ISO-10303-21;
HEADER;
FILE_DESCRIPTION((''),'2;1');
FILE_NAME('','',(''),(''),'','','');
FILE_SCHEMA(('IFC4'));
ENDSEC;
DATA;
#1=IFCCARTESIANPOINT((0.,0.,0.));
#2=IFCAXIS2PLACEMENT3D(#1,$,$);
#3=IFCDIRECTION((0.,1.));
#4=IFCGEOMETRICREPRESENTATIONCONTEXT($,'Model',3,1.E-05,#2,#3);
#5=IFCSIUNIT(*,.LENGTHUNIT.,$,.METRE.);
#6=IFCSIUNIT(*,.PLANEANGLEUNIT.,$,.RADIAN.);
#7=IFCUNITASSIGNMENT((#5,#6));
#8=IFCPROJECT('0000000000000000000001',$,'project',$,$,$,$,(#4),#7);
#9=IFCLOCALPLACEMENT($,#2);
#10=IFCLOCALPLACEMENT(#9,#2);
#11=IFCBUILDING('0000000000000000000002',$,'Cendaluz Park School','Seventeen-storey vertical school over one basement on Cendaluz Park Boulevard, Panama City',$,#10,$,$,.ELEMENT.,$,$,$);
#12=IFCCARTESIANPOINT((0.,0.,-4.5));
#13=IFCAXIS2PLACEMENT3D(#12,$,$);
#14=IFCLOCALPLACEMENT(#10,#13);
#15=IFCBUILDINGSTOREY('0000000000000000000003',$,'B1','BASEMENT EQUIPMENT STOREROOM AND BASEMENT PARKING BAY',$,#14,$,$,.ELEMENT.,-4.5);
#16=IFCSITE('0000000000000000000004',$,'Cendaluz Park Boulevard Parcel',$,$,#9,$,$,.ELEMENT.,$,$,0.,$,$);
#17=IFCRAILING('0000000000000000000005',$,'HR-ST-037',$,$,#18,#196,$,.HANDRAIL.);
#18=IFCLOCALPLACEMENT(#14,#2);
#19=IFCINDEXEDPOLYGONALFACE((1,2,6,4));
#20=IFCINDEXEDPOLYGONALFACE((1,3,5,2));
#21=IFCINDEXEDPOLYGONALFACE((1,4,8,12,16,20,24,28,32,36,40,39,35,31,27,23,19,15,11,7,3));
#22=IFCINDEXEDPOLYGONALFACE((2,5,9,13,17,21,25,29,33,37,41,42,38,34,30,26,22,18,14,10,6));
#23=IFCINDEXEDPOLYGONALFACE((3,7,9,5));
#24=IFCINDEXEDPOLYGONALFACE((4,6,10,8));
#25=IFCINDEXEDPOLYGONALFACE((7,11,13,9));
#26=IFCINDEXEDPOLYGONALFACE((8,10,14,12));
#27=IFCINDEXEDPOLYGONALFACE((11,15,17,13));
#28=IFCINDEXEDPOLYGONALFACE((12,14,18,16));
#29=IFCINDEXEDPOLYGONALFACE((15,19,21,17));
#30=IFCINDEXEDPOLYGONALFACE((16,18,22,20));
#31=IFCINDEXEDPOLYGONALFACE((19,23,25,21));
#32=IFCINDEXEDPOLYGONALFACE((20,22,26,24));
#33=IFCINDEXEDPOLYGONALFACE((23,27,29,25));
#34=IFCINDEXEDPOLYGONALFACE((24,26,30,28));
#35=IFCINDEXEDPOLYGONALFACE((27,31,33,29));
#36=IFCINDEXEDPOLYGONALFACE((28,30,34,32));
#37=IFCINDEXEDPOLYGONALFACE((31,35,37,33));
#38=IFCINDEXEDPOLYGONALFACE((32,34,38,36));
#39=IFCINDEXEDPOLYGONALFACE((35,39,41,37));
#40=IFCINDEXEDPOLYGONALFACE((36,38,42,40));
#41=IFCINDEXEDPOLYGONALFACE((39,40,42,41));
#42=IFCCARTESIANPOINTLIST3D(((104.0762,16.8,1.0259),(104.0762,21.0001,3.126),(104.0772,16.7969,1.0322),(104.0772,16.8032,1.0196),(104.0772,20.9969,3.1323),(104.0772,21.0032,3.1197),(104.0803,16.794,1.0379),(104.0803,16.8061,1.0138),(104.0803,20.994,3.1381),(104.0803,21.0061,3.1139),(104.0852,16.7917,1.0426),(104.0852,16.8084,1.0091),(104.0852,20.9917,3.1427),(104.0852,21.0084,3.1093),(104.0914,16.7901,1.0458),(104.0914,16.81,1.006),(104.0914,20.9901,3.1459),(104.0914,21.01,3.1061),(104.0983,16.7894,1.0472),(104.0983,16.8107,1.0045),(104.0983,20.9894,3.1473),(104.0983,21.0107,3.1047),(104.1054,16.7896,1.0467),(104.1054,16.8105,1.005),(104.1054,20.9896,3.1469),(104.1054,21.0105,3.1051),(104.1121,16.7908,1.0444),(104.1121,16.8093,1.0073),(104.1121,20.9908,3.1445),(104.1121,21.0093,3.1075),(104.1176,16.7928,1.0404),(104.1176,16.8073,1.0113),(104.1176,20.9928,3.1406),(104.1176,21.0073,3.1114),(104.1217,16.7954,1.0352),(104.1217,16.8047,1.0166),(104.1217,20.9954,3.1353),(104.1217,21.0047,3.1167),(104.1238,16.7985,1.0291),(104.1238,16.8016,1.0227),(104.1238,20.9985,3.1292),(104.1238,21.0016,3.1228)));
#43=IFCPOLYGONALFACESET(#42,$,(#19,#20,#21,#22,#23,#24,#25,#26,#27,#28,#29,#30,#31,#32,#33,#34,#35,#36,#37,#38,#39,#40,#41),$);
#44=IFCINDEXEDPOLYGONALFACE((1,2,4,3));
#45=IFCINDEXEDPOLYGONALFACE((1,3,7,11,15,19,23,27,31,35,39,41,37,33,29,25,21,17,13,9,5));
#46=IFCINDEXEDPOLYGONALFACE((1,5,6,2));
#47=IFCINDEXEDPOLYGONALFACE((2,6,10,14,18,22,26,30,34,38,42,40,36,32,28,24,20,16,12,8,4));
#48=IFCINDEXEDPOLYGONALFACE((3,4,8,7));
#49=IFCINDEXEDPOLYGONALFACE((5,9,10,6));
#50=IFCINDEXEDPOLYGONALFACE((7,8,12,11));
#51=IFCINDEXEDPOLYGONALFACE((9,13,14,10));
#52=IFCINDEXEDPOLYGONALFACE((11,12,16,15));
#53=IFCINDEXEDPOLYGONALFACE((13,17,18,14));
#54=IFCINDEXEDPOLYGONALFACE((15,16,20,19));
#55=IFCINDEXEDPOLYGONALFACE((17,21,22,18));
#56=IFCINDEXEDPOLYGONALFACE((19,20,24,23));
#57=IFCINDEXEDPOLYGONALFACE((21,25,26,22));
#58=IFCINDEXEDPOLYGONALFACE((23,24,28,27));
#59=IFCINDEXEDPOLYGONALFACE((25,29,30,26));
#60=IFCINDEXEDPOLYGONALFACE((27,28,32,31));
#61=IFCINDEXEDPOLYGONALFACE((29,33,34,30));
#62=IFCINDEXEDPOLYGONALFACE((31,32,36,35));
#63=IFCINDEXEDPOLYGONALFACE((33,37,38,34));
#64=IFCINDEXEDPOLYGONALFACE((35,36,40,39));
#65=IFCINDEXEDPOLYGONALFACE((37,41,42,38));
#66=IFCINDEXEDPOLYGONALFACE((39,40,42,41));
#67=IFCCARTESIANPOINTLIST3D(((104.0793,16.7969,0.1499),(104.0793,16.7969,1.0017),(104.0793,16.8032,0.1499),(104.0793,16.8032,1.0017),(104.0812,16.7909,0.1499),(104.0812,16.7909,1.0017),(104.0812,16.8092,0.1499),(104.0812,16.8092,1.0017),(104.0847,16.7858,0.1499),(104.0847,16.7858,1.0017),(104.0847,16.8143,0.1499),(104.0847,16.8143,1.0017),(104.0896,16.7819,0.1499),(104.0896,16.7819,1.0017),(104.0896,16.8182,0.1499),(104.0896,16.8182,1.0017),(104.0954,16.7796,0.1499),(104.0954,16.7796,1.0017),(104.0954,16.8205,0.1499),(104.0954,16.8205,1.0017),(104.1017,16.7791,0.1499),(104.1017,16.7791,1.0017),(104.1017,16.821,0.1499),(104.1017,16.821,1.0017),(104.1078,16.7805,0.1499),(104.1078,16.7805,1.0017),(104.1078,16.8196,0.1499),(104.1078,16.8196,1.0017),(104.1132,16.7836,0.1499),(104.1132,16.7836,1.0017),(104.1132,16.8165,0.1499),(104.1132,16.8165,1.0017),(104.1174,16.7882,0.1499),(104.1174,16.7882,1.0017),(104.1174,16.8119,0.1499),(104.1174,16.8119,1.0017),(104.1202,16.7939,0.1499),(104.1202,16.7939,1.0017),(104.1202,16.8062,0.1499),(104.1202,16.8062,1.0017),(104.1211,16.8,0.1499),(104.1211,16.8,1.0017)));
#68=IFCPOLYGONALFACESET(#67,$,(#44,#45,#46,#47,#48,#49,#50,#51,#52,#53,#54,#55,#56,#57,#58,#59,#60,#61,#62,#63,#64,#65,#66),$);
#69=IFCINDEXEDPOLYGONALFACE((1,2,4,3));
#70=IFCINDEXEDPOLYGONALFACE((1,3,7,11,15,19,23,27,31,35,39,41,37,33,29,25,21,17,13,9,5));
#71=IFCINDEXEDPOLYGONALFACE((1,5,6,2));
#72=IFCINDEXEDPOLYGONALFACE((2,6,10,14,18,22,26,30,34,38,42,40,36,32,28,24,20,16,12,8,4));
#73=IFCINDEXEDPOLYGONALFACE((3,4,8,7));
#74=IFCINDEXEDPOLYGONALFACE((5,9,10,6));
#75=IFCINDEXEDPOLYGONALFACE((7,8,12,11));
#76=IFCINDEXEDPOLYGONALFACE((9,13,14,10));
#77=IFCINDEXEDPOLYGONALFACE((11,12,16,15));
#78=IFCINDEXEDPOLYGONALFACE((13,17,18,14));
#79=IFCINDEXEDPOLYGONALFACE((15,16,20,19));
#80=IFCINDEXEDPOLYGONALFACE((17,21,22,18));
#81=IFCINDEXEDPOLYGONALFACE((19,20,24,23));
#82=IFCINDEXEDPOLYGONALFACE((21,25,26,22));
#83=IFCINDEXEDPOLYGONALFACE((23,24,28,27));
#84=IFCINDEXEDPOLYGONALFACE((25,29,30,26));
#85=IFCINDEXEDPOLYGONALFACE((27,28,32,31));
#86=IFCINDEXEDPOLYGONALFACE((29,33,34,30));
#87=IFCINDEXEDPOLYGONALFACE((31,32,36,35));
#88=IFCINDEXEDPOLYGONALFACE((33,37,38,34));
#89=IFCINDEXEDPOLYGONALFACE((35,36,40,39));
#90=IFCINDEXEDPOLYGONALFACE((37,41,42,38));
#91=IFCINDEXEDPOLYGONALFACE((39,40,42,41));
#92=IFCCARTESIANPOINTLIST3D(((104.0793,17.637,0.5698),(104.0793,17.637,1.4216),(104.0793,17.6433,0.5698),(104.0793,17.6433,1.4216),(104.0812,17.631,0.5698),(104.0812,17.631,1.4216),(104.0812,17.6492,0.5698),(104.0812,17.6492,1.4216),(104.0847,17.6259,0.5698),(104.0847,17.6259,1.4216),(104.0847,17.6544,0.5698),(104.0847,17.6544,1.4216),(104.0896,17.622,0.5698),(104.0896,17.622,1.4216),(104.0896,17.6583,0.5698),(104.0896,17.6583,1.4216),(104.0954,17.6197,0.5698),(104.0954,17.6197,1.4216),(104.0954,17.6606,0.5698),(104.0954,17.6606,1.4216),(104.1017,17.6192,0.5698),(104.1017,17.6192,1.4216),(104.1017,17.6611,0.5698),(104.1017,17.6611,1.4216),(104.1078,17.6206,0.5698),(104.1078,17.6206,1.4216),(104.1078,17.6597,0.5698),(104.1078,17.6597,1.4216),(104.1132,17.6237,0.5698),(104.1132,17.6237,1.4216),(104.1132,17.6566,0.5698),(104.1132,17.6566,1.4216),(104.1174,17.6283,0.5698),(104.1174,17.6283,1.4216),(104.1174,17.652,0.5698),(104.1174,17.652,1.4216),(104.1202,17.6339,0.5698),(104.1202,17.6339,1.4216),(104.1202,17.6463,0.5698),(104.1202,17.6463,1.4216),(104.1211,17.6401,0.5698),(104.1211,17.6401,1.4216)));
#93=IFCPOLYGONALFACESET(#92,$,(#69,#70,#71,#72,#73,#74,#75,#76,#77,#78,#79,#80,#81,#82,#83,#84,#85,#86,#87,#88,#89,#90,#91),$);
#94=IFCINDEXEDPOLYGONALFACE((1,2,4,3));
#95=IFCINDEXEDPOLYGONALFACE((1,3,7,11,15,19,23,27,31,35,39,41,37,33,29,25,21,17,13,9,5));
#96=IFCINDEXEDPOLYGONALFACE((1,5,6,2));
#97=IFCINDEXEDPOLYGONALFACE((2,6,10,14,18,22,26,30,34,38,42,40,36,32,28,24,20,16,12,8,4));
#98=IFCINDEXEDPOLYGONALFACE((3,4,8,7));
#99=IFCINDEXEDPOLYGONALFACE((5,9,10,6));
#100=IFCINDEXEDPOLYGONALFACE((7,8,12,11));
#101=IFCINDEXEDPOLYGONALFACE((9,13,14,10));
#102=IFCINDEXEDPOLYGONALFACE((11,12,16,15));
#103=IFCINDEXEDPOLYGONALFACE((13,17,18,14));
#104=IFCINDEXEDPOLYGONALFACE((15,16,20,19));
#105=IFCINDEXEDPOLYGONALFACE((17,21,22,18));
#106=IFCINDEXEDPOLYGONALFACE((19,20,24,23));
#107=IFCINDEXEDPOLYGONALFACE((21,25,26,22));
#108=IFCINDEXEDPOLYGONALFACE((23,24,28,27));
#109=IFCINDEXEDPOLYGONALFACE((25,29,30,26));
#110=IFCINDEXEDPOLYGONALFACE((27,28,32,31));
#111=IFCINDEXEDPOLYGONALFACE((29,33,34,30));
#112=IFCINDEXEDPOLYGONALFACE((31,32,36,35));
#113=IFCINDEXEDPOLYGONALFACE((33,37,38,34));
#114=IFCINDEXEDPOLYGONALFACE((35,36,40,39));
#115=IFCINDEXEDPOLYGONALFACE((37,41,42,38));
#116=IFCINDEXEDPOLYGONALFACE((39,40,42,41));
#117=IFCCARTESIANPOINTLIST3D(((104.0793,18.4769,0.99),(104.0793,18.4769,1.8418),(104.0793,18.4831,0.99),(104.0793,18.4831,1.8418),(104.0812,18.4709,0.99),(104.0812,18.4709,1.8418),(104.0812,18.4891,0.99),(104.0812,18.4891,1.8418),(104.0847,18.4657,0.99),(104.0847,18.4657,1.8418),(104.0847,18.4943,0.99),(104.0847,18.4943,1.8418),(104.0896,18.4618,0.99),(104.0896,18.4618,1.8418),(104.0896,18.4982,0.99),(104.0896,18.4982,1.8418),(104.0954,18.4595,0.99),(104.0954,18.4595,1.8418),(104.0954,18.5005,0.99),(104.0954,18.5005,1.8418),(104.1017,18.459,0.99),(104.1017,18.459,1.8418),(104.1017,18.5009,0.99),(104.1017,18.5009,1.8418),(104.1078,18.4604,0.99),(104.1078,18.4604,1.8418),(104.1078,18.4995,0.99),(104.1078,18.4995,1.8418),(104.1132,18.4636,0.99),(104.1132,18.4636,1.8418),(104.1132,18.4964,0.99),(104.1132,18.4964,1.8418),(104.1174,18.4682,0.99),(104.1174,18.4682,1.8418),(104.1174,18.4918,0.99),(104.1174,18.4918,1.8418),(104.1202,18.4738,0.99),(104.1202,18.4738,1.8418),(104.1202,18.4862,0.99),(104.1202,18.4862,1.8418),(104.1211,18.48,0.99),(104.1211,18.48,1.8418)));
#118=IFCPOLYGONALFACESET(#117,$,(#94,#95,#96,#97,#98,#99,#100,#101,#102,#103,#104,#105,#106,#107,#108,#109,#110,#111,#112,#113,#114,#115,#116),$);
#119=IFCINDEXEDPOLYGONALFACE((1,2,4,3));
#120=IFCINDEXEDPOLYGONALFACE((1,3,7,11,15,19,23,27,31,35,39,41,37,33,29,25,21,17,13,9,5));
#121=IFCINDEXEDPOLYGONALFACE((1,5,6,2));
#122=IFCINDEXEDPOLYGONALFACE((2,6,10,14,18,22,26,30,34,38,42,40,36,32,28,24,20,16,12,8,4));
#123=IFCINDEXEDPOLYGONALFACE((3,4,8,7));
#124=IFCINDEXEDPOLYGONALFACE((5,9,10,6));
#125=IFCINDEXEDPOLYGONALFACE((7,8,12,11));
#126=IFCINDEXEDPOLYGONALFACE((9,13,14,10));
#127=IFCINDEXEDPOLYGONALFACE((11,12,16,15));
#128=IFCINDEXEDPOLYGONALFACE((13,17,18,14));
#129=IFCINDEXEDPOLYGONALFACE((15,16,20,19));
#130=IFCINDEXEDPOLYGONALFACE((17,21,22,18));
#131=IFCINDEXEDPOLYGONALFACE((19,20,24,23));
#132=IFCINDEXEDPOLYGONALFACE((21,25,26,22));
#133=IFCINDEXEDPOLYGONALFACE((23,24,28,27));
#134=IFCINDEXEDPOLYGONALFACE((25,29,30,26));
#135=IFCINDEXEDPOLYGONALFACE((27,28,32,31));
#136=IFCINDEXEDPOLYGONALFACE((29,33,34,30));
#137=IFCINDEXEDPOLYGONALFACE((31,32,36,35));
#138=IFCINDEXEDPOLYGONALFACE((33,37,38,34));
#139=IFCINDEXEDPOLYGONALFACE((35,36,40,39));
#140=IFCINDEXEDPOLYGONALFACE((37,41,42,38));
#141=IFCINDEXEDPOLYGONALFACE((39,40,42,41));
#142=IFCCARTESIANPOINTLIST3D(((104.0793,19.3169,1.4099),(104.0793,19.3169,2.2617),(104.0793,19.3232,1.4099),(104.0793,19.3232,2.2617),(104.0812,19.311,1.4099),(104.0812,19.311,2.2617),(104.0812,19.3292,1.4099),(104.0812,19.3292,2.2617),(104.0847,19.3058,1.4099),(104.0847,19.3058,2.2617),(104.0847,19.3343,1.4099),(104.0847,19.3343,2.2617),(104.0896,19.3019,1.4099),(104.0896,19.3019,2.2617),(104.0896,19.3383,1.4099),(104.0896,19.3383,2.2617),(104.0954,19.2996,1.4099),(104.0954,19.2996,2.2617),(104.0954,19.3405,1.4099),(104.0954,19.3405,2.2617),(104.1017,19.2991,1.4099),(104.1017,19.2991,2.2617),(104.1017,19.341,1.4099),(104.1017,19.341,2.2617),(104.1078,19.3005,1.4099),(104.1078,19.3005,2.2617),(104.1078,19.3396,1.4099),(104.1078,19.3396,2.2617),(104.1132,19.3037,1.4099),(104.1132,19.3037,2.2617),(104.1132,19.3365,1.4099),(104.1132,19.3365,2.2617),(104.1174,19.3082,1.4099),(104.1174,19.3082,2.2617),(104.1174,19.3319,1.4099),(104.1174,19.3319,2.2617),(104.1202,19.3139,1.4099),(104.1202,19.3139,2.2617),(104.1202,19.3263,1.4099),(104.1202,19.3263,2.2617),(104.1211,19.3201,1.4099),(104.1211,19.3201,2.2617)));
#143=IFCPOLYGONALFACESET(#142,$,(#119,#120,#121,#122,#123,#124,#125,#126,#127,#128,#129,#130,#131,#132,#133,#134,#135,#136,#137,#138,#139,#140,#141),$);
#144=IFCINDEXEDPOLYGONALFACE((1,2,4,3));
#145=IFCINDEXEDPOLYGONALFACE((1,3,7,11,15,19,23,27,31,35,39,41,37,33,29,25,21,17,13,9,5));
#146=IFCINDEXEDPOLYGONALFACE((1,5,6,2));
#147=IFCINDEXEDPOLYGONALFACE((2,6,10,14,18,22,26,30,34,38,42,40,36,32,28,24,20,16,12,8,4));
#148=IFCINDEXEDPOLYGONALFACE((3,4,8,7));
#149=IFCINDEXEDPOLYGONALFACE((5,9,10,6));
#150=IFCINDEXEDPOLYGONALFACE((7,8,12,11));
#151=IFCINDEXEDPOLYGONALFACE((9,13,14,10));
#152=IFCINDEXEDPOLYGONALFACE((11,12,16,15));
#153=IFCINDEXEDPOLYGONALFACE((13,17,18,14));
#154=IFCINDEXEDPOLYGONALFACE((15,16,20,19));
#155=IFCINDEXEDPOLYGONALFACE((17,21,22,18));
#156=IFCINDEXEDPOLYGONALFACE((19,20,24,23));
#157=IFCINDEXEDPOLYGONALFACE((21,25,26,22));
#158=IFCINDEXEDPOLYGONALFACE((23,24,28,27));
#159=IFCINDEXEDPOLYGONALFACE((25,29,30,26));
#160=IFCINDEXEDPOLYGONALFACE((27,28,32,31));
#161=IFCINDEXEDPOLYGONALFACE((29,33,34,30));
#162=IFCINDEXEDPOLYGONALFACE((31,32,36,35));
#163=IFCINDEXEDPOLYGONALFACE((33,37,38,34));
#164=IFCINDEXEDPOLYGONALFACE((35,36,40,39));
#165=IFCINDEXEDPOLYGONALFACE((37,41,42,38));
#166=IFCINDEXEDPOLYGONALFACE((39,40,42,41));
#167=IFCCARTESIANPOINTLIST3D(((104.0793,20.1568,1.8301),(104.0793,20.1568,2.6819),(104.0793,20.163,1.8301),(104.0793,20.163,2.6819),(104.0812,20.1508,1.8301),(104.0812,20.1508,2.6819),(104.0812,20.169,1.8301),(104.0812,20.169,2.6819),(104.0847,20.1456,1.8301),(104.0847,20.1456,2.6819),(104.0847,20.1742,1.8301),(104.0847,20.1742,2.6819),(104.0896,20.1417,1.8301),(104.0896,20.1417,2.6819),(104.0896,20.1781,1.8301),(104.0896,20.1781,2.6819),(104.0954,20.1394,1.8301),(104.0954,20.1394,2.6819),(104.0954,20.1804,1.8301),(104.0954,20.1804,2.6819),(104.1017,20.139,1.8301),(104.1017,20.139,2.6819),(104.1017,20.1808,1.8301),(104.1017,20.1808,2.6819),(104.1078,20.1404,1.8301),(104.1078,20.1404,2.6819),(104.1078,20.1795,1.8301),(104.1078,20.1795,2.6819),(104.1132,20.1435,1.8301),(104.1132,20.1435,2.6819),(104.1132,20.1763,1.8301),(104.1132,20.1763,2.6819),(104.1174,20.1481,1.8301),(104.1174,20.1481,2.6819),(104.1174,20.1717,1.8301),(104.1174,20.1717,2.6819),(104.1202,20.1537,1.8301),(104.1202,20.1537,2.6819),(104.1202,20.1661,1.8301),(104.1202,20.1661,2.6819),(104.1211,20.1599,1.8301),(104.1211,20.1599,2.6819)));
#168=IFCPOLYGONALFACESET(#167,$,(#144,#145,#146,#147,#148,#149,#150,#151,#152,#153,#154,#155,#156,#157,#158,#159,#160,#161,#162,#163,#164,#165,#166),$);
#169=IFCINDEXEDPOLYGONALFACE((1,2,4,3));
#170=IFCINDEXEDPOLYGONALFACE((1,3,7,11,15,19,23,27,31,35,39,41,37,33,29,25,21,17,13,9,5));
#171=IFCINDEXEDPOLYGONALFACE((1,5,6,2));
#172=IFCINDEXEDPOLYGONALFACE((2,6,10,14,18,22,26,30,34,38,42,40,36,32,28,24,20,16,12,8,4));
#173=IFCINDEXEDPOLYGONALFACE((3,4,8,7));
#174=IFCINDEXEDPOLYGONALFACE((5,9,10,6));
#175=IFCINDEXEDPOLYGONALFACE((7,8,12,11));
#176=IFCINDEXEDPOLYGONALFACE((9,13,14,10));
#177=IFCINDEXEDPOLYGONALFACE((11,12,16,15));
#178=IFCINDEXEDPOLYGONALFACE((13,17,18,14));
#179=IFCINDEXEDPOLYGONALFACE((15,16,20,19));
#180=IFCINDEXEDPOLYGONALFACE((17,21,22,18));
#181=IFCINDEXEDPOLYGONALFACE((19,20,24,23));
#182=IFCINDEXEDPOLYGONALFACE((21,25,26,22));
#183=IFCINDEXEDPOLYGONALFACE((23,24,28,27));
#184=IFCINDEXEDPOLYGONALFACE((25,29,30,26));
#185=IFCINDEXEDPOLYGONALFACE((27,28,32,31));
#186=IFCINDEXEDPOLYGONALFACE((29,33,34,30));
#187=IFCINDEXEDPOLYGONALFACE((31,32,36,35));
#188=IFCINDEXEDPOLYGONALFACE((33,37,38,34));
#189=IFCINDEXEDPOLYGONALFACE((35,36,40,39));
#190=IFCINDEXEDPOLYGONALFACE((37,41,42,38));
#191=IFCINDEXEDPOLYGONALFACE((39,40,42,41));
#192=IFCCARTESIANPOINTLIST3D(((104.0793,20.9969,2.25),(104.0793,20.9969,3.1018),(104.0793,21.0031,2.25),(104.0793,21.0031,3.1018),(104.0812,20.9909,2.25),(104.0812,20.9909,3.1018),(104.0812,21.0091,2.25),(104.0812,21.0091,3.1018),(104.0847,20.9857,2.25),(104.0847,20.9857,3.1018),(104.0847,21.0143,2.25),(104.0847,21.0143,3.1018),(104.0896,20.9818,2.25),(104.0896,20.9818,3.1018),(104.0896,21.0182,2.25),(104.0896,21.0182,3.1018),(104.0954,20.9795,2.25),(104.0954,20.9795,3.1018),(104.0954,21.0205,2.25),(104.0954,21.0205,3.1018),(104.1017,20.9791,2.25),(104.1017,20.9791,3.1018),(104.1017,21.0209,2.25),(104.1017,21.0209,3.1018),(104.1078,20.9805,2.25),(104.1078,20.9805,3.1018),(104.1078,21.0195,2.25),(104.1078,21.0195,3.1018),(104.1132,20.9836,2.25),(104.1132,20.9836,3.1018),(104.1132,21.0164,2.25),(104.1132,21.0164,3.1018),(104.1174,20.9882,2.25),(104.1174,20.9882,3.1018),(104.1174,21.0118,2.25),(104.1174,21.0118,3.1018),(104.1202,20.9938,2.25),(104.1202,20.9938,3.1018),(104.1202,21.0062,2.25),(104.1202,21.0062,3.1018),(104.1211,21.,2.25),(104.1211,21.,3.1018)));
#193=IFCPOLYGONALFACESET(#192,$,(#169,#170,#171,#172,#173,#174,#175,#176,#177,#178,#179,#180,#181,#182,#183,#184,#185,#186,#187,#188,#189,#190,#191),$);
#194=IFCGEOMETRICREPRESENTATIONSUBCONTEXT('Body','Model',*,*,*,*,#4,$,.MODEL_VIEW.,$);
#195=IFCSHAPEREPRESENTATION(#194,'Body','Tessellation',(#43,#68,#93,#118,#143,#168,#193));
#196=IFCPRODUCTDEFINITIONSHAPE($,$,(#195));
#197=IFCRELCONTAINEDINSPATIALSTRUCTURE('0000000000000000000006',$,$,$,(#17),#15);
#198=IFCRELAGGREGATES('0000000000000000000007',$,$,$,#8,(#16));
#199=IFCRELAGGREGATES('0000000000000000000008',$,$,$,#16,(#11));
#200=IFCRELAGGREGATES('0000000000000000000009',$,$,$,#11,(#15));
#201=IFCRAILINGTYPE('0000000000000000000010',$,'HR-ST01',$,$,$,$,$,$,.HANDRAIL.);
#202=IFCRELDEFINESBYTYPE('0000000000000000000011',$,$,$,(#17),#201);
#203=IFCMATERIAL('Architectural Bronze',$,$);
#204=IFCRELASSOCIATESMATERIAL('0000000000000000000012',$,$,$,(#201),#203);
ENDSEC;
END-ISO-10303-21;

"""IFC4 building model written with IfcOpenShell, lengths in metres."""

from ifc_helpers import new_model, si_unit, direction, frame, origin, origin_2d, place, context, subcontext, project, spatial, circle, extrude, material, type_object, element, save


model = new_model("IFC4")

# Units and contexts
model_context = context("Model", 3, precision=1e-05, world=origin(), true_north=direction((0.0, 1.0)))
body_context = subcontext(model_context, "Body", "Model", "MODEL_VIEW")
ifc_project = project(units=[si_unit("LENGTHUNIT", "METRE"), si_unit("PLANEANGLEUNIT", "RADIAN")], contexts=[model_context])

# Site, building, storey
site_placement = place(None, origin())
site = spatial("IfcSite", under=ifc_project, at=site_placement, Name="Cendaluz Park Boulevard Parcel", CompositionType="ELEMENT", RefElevation=0.0)
building_placement = place(site_placement, origin())
building = spatial("IfcBuilding", under=site, at=building_placement, Name="Cendaluz Park School", Description="Seventeen-storey vertical school over one basement on Cendaluz Park Boulevard, Panama City", CompositionType="ELEMENT")
storey_placement = place(building_placement, frame((0.0, 0.0, -4.5)))
storey = spatial("IfcBuildingStorey", under=building, at=storey_placement, Name="B1", Description="BASEMENT EQUIPMENT STOREROOM AND BASEMENT PARKING BAY", CompositionType="ELEMENT", Elevation=-4.5)

# Railing
ifc_material_1 = material(Name="Architectural Bronze")
railing_type_1 = type_object("IfcRailingType", Name="HR-ST01", PredefinedType="HANDRAIL", material=ifc_material_1)
railing_1_placement = place(storey_placement, frame((104.1001, 16.8, 0.1499)))
element("IfcRailing", 1, at=railing_1_placement, inside=storey, type_object=railing_type_1, Name="HR-ST-037", PredefinedType="HANDRAIL", context=body_context, shape_type="SweptSolid", body=[
    extrude(circle(Radius=0.0239, at=origin_2d()), frame((0.0, 0.0, 0.876), z_axis=(0.0, 0.894417, 0.447234), x_axis=(-1.0, 0.0, 0.0)), (0.0, 0.0, 1.0), 4.6958),
    extrude(circle(Radius=0.021, at=origin_2d()), origin(), (0.0, 0.0, 1.0), 0.8518),
    extrude(circle(Radius=0.021, at=origin_2d()), frame((0.0, 0.8401, 0.4199)), (0.0, 0.0, 1.0), 0.8518),
    extrude(circle(Radius=0.021, at=origin_2d()), frame((0.0, 1.6799, 0.8401)), (0.0, 0.0, 1.0), 0.8518),
    extrude(circle(Radius=0.021, at=origin_2d()), frame((0.0, 2.52, 1.26)), (0.0, 0.0, 1.0), 0.8518),
    extrude(circle(Radius=0.021, at=origin_2d()), frame((0.0, 3.3599, 1.6802)), (0.0, 0.0, 1.0), 0.8518),
    extrude(circle(Radius=0.021, at=origin_2d()), frame((0.0, 4.2, 2.1001)), (0.0, 0.0, 1.0), 0.8518),
])

save(model, "model.ifc")
